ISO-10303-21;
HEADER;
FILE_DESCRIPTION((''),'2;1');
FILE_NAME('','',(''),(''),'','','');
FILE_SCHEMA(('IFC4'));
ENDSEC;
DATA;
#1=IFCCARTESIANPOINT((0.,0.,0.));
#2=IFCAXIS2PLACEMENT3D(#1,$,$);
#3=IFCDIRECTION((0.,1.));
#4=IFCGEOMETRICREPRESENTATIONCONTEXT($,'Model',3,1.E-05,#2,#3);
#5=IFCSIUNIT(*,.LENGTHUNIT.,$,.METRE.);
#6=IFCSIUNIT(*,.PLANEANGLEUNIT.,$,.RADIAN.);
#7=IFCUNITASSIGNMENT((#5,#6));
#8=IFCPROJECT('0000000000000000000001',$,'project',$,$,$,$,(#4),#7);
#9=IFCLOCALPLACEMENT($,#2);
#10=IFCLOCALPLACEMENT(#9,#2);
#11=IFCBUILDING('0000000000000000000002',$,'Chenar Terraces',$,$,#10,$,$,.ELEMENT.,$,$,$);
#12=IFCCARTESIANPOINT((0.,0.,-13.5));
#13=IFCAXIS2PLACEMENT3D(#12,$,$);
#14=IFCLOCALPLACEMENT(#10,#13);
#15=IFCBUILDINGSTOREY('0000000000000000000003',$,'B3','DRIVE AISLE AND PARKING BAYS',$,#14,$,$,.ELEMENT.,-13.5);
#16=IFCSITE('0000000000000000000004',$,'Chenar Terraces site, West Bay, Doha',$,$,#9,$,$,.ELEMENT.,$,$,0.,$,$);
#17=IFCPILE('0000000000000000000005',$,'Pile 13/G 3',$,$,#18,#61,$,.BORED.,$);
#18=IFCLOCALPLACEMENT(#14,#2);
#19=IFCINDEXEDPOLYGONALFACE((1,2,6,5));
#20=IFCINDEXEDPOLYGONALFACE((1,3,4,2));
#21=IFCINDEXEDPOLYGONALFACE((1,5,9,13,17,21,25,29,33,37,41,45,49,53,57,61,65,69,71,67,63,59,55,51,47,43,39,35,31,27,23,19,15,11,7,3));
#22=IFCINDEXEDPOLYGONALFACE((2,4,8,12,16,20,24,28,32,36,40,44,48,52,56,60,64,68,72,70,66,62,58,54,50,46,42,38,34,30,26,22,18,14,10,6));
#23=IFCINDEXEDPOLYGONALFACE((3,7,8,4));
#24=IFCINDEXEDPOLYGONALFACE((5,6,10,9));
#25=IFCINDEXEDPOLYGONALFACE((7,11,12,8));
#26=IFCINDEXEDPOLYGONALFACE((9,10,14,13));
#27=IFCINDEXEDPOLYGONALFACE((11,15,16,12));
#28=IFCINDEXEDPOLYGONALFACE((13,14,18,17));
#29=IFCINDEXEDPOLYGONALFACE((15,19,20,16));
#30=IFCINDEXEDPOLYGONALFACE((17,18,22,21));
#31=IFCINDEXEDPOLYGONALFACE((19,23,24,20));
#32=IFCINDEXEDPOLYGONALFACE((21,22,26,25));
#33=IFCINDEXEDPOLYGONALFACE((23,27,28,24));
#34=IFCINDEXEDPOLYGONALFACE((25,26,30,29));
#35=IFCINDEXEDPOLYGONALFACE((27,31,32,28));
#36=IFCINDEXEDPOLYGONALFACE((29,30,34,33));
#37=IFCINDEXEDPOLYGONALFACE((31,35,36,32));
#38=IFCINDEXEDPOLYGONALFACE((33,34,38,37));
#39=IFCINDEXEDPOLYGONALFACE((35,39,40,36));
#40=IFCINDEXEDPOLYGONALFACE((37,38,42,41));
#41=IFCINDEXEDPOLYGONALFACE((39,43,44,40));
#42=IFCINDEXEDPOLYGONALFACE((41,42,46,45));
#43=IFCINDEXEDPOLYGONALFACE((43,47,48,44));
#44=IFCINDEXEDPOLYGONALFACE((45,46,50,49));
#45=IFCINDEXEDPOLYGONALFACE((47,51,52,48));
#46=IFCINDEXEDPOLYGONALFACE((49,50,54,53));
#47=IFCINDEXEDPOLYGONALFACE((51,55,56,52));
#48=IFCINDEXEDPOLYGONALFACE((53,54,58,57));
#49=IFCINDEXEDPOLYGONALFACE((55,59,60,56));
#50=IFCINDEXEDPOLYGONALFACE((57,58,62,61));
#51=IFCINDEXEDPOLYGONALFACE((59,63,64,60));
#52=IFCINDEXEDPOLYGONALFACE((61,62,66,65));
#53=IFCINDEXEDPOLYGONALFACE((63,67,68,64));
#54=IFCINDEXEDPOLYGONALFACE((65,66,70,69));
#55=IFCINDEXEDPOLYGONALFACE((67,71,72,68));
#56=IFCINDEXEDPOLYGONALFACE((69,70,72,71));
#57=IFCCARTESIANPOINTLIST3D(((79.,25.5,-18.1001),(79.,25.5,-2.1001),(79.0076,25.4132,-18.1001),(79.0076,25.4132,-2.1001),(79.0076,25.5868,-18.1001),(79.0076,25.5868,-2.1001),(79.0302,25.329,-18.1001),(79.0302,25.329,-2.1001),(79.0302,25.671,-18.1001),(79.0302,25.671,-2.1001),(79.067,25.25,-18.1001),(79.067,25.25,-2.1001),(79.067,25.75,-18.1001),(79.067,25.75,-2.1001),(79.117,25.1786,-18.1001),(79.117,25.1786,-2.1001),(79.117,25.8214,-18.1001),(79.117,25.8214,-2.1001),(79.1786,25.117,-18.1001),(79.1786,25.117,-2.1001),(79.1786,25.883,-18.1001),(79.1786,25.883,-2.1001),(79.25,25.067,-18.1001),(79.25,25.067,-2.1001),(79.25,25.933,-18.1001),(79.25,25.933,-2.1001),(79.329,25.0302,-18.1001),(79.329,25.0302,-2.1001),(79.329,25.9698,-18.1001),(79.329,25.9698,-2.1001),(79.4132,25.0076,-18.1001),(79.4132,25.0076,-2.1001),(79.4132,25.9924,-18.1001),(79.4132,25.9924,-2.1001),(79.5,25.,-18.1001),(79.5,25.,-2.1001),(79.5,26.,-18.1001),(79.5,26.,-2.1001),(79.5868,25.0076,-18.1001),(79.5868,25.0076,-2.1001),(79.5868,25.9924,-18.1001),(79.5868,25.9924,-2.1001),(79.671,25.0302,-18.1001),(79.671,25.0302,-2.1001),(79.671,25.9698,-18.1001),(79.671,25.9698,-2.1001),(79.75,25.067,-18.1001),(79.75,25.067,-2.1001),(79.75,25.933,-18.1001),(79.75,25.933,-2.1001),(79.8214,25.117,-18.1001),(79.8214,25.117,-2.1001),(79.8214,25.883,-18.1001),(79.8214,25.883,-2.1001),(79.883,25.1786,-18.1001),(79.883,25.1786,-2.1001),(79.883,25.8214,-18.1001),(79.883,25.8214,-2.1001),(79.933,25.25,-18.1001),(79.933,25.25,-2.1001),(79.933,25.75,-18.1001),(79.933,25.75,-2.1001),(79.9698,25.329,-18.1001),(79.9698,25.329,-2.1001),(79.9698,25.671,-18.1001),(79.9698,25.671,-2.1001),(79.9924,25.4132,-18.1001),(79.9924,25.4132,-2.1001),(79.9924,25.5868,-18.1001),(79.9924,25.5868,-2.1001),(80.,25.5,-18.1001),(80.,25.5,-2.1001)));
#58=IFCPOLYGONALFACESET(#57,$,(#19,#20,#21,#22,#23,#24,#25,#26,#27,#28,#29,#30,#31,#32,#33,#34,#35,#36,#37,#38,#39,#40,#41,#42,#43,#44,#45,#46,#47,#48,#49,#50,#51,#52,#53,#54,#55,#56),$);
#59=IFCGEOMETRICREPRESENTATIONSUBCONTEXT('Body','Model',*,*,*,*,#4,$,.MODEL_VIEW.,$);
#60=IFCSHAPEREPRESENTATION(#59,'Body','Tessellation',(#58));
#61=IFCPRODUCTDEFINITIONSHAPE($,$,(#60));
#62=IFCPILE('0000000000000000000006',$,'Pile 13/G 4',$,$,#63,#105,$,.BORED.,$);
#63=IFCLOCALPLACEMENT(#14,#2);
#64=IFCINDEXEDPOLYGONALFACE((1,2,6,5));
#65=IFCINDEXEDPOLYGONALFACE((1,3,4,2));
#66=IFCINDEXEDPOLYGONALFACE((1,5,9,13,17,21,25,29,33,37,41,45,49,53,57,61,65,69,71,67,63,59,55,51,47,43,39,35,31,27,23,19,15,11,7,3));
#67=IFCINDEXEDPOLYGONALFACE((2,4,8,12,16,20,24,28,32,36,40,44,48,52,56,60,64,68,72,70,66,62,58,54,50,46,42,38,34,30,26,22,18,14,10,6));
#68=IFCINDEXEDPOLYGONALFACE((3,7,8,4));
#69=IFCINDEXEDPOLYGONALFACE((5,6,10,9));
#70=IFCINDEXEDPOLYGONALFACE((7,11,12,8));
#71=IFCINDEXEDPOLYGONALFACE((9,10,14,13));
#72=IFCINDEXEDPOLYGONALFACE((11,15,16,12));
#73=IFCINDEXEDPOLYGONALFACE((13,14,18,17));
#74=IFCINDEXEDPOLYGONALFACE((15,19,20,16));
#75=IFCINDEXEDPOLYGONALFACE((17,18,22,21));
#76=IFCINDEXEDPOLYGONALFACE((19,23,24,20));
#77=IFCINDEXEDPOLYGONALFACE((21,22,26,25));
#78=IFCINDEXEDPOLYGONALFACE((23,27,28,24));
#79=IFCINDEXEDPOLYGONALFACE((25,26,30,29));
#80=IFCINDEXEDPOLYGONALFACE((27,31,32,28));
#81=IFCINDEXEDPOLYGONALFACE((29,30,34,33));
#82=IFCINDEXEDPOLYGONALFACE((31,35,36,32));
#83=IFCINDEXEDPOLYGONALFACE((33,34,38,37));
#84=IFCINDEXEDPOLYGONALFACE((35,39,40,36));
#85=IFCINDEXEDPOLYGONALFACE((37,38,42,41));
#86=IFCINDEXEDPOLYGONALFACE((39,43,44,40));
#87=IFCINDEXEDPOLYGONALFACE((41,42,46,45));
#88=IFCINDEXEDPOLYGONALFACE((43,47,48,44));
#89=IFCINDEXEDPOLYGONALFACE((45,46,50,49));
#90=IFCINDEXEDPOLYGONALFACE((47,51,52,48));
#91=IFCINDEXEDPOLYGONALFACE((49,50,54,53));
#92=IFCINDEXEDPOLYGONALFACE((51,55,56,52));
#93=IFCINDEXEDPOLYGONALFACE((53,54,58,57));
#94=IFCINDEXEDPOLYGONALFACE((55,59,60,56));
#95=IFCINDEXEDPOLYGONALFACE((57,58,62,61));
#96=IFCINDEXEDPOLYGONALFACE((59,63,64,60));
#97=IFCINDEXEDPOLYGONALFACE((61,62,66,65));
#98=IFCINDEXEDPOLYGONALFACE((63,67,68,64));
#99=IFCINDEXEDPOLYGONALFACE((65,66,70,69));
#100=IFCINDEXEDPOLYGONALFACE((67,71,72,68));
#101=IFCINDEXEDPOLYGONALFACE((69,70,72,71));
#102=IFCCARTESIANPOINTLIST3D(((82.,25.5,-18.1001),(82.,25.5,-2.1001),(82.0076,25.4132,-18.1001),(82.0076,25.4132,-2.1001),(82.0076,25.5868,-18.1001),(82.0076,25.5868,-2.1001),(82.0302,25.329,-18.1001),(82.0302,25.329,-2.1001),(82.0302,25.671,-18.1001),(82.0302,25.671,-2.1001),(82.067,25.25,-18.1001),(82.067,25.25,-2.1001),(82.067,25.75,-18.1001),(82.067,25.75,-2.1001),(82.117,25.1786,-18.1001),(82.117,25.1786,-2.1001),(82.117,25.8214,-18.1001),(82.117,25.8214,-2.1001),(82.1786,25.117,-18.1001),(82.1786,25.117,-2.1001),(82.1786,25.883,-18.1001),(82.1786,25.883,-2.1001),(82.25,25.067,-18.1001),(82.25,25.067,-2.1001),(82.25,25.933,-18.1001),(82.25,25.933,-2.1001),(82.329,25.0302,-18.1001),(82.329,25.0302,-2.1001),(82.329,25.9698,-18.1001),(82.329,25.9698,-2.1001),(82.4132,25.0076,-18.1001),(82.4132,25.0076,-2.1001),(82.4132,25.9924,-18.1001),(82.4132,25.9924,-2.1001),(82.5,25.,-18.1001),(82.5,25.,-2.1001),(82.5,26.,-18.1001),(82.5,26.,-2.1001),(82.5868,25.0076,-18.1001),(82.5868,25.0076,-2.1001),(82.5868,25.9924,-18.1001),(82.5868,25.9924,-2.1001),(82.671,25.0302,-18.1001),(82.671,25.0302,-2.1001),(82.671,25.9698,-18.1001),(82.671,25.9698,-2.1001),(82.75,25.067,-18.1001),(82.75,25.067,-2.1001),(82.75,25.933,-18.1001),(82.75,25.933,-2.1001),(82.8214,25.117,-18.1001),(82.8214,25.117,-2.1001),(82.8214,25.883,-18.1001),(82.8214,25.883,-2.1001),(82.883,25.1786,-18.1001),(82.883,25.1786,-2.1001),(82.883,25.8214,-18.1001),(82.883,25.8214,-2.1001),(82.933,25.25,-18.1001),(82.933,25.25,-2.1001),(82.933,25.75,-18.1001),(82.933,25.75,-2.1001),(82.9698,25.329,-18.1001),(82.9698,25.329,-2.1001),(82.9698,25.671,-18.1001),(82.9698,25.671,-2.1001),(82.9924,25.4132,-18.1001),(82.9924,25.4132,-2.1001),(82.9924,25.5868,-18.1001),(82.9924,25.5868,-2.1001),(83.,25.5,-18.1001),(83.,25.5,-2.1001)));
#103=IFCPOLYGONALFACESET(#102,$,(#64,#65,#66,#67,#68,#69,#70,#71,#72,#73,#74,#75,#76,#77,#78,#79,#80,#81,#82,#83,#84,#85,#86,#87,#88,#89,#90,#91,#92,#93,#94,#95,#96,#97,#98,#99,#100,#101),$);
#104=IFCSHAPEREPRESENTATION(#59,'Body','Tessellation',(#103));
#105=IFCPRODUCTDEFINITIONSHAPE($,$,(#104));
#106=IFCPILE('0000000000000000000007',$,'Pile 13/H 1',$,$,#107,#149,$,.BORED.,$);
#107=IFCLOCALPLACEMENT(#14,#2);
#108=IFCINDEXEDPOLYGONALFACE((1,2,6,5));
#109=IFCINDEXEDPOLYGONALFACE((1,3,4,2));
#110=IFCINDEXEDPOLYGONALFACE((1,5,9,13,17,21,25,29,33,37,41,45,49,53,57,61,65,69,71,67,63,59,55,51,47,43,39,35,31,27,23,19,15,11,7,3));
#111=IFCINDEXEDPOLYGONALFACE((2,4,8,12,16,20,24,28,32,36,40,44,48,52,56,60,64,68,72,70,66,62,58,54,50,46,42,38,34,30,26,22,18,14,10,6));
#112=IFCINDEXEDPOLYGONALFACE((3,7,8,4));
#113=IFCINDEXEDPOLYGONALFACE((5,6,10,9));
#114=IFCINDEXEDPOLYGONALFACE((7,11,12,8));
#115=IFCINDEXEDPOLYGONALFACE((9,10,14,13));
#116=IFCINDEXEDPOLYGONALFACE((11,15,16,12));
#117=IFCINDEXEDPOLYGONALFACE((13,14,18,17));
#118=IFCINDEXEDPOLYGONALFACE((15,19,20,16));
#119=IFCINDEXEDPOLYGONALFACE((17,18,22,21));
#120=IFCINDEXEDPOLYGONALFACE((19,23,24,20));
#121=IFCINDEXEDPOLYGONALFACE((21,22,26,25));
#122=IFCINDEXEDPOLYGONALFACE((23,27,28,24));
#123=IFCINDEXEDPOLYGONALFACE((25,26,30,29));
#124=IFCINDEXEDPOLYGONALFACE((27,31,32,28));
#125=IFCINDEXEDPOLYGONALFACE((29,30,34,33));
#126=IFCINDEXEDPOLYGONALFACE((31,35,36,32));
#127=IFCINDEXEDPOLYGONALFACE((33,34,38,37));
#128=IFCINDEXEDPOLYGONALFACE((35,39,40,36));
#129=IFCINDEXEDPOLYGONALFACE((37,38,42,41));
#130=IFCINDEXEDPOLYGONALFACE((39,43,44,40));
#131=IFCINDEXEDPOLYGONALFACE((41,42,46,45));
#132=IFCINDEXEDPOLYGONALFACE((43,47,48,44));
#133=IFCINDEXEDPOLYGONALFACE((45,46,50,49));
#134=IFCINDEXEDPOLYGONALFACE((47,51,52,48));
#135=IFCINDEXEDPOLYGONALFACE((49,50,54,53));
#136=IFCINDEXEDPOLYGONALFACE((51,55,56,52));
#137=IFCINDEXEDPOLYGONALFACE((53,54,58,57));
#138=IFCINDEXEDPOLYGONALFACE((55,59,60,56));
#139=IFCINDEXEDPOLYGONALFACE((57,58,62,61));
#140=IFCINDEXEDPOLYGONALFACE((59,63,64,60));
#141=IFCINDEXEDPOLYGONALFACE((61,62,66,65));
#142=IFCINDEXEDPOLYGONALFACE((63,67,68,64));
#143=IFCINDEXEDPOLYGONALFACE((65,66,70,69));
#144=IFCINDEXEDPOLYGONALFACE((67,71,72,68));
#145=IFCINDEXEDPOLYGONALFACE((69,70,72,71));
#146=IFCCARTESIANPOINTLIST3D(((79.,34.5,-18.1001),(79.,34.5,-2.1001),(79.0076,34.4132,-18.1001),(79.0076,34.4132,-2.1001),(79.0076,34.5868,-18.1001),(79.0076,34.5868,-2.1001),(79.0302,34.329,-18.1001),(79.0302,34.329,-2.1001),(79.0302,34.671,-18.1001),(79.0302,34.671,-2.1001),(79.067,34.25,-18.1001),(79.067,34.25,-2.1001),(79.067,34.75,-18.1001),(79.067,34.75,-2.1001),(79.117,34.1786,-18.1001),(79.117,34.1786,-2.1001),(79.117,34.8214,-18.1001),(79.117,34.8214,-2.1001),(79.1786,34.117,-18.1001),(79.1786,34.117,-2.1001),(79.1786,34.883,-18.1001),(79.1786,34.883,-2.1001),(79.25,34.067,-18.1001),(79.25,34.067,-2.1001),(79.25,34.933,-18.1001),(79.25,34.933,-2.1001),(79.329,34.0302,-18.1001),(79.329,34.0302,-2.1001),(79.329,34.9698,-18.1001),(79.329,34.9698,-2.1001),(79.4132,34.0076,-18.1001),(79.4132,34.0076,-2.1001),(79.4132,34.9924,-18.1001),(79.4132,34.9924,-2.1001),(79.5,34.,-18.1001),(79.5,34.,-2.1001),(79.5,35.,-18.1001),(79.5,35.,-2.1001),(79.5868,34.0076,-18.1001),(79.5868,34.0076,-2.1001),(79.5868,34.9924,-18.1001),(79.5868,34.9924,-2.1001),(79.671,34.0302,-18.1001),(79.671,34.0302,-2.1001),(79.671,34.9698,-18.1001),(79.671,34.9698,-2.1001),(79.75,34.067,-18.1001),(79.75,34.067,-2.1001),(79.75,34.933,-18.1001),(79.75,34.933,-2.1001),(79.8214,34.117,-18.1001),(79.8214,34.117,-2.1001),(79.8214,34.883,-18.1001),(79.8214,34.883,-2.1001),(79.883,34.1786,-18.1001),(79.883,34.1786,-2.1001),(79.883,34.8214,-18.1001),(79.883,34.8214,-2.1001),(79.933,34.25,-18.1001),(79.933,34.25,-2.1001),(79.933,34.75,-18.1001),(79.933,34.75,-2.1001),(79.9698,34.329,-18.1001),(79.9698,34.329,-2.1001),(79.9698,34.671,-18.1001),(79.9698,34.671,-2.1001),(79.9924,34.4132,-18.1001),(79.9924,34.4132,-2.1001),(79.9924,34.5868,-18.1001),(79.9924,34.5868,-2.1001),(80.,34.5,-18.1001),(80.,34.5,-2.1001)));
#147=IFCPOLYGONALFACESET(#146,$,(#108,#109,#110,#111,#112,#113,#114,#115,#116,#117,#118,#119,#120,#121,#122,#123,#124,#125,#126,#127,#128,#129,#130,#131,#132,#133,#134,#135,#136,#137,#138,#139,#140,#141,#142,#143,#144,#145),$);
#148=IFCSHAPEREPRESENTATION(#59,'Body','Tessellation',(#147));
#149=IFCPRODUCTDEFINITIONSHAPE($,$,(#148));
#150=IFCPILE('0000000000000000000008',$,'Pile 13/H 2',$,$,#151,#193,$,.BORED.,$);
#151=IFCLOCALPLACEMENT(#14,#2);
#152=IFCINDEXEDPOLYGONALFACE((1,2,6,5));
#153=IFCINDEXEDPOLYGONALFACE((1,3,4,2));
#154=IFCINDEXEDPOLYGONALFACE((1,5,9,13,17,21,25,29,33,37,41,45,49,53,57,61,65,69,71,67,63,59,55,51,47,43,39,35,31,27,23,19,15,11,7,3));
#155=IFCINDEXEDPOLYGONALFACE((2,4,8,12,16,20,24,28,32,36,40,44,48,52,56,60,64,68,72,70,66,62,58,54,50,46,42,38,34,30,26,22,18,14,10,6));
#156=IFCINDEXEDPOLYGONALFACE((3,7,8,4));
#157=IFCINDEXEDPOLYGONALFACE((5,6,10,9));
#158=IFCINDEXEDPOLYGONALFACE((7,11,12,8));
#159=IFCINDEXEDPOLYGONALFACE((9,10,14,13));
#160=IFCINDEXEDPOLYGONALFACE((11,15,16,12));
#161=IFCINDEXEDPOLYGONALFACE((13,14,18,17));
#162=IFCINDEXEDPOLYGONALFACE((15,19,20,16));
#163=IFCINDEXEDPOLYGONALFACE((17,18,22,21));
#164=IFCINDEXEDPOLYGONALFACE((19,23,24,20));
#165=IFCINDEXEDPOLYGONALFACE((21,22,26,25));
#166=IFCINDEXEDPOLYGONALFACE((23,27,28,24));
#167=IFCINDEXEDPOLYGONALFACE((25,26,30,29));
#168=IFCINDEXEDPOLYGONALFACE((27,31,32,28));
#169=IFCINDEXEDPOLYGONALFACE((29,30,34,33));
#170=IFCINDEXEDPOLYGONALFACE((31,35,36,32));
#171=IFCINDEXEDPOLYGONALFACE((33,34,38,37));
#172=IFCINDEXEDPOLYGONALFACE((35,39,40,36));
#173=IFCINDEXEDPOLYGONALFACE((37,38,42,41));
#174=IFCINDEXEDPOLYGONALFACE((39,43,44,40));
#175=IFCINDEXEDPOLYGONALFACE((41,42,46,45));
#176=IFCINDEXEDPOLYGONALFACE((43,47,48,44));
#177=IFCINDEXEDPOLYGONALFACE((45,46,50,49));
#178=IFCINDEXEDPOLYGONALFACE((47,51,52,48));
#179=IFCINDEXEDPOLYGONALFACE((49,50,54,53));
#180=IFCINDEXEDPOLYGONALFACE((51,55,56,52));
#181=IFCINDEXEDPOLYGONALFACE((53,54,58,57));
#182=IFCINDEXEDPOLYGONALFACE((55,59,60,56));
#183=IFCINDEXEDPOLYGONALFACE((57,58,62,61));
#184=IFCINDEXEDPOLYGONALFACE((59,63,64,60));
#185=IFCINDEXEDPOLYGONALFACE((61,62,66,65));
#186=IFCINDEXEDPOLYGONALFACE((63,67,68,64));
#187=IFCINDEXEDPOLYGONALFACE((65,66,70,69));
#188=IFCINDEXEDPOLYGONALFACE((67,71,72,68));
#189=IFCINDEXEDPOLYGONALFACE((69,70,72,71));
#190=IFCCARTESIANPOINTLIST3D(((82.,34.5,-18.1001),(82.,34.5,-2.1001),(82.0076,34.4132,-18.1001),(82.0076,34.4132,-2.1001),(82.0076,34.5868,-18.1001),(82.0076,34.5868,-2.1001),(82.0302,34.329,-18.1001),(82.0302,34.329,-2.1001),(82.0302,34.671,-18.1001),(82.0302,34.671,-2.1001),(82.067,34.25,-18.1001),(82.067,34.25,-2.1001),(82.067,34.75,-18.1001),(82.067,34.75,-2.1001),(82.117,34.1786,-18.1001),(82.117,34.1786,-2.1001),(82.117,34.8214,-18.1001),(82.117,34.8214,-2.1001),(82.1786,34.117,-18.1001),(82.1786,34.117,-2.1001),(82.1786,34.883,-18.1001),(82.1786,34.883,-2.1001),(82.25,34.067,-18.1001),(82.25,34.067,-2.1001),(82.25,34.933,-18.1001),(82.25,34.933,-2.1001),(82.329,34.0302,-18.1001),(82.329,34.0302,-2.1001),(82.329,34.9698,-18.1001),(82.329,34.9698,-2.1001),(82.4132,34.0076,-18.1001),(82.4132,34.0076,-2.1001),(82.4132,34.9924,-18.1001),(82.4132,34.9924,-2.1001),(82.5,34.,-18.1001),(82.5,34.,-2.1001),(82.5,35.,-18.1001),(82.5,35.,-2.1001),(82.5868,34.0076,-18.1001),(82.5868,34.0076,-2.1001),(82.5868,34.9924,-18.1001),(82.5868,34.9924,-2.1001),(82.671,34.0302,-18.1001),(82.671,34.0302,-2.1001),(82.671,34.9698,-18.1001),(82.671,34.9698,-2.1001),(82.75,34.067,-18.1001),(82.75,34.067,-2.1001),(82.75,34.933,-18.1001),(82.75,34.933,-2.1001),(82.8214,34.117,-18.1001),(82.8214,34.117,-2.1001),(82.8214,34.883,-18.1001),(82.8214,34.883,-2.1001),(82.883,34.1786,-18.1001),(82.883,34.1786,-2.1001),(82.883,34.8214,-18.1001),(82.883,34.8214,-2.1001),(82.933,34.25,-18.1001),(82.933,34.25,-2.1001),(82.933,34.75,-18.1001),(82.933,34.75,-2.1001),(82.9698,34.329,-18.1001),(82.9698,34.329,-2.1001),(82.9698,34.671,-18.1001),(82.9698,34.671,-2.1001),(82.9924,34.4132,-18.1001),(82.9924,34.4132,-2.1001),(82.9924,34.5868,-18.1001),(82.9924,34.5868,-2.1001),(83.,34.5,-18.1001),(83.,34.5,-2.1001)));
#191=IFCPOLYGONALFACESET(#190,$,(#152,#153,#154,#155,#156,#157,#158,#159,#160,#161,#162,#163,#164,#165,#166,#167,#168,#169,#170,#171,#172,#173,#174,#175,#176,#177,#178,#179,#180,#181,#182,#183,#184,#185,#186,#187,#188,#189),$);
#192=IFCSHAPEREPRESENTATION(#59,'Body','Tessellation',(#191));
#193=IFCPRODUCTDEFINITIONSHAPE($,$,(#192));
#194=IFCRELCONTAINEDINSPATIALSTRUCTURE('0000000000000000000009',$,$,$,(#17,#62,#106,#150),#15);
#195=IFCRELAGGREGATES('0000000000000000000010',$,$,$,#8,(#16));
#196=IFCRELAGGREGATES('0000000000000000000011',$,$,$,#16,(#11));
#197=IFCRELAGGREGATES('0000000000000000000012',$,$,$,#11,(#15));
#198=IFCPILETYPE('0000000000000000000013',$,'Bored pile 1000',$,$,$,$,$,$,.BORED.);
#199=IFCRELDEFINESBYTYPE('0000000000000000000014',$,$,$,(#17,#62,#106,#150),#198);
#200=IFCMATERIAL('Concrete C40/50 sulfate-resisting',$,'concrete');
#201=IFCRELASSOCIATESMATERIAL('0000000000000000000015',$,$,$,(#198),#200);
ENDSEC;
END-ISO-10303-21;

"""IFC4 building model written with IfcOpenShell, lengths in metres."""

from ifc_helpers import new_model, si_unit, direction, frame, origin, origin_2d, place, context, subcontext, project, spatial, circle, extrude, material, material_profile, profile_set, type_object, element, save


model = new_model("IFC4")

# Units and contexts
model_context = context("Model", 3, precision=1e-05, world=origin(), true_north=direction((0.0, 1.0)))
body_context = subcontext(model_context, "Body", "Model", "MODEL_VIEW")
ifc_project = project(units=[si_unit("LENGTHUNIT", "METRE"), si_unit("PLANEANGLEUNIT", "RADIAN")], contexts=[model_context])

# Site, building, storey
site_placement = place(None, origin())
site = spatial("IfcSite", under=ifc_project, at=site_placement, Name="Chenar Terraces site, West Bay, Doha", CompositionType="ELEMENT", RefElevation=0.0)
building_placement = place(site_placement, origin())
building = spatial("IfcBuilding", under=site, at=building_placement, Name="Chenar Terraces", CompositionType="ELEMENT")
storey_placement = place(building_placement, frame((0.0, 0.0, -13.5)))
storey = spatial("IfcBuildingStorey", under=building, at=storey_placement, Name="B3", Description="DRIVE AISLE AND PARKING BAYS", CompositionType="ELEMENT", Elevation=-13.5)

# Piles
ifc_material_1 = material(Name="Concrete C40/50 sulfate-resisting", Category="concrete")
ifc_material_profile_1 = material_profile(ifc_material_1, circle(Radius=0.5, at=origin_2d()), Name="BP 1000")
ifc_profile_set_1 = profile_set([ifc_material_profile_1], Name="Concrete C40/50 sulfate-resisting")
pile_type_1 = type_object("IfcPileType", Name="Bored pile 1000", PredefinedType="BORED", material=ifc_profile_set_1)
for number, where, z_axis, x_axis, name in (
    (1, (79.5, 25.5, -2.1001), (0.0, 0.0, -1.0), (1.0, 0.0, 0.0), "Pile 13/G 3"),
    (2, (82.5, 25.5, -2.1001), (0.0, 0.0, -1.0), (1.0, 0.0, 0.0), "Pile 13/G 4"),
    (3, (79.5, 34.5, -2.1001), (0.0, 0.0, -1.0), (1.0, 0.0, 0.0), "Pile 13/H 1"),
    (4, (82.5, 34.5, -2.1001), (0.0, 0.0, -1.0), (1.0, 0.0, 0.0), "Pile 13/H 2"),
):
    element("IfcPile", number, at=place(storey_placement, frame(where, z_axis=z_axis, x_axis=x_axis)), inside=storey, type_object=pile_type_1, Name=name, PredefinedType="BORED", context=body_context, shape_type="SweptSolid", body=[
        extrude(circle(Radius=0.5, at=origin_2d()), origin(), (0.0, 0.0, 1.0), 16.0),
    ])

save(model, "model.ifc")
